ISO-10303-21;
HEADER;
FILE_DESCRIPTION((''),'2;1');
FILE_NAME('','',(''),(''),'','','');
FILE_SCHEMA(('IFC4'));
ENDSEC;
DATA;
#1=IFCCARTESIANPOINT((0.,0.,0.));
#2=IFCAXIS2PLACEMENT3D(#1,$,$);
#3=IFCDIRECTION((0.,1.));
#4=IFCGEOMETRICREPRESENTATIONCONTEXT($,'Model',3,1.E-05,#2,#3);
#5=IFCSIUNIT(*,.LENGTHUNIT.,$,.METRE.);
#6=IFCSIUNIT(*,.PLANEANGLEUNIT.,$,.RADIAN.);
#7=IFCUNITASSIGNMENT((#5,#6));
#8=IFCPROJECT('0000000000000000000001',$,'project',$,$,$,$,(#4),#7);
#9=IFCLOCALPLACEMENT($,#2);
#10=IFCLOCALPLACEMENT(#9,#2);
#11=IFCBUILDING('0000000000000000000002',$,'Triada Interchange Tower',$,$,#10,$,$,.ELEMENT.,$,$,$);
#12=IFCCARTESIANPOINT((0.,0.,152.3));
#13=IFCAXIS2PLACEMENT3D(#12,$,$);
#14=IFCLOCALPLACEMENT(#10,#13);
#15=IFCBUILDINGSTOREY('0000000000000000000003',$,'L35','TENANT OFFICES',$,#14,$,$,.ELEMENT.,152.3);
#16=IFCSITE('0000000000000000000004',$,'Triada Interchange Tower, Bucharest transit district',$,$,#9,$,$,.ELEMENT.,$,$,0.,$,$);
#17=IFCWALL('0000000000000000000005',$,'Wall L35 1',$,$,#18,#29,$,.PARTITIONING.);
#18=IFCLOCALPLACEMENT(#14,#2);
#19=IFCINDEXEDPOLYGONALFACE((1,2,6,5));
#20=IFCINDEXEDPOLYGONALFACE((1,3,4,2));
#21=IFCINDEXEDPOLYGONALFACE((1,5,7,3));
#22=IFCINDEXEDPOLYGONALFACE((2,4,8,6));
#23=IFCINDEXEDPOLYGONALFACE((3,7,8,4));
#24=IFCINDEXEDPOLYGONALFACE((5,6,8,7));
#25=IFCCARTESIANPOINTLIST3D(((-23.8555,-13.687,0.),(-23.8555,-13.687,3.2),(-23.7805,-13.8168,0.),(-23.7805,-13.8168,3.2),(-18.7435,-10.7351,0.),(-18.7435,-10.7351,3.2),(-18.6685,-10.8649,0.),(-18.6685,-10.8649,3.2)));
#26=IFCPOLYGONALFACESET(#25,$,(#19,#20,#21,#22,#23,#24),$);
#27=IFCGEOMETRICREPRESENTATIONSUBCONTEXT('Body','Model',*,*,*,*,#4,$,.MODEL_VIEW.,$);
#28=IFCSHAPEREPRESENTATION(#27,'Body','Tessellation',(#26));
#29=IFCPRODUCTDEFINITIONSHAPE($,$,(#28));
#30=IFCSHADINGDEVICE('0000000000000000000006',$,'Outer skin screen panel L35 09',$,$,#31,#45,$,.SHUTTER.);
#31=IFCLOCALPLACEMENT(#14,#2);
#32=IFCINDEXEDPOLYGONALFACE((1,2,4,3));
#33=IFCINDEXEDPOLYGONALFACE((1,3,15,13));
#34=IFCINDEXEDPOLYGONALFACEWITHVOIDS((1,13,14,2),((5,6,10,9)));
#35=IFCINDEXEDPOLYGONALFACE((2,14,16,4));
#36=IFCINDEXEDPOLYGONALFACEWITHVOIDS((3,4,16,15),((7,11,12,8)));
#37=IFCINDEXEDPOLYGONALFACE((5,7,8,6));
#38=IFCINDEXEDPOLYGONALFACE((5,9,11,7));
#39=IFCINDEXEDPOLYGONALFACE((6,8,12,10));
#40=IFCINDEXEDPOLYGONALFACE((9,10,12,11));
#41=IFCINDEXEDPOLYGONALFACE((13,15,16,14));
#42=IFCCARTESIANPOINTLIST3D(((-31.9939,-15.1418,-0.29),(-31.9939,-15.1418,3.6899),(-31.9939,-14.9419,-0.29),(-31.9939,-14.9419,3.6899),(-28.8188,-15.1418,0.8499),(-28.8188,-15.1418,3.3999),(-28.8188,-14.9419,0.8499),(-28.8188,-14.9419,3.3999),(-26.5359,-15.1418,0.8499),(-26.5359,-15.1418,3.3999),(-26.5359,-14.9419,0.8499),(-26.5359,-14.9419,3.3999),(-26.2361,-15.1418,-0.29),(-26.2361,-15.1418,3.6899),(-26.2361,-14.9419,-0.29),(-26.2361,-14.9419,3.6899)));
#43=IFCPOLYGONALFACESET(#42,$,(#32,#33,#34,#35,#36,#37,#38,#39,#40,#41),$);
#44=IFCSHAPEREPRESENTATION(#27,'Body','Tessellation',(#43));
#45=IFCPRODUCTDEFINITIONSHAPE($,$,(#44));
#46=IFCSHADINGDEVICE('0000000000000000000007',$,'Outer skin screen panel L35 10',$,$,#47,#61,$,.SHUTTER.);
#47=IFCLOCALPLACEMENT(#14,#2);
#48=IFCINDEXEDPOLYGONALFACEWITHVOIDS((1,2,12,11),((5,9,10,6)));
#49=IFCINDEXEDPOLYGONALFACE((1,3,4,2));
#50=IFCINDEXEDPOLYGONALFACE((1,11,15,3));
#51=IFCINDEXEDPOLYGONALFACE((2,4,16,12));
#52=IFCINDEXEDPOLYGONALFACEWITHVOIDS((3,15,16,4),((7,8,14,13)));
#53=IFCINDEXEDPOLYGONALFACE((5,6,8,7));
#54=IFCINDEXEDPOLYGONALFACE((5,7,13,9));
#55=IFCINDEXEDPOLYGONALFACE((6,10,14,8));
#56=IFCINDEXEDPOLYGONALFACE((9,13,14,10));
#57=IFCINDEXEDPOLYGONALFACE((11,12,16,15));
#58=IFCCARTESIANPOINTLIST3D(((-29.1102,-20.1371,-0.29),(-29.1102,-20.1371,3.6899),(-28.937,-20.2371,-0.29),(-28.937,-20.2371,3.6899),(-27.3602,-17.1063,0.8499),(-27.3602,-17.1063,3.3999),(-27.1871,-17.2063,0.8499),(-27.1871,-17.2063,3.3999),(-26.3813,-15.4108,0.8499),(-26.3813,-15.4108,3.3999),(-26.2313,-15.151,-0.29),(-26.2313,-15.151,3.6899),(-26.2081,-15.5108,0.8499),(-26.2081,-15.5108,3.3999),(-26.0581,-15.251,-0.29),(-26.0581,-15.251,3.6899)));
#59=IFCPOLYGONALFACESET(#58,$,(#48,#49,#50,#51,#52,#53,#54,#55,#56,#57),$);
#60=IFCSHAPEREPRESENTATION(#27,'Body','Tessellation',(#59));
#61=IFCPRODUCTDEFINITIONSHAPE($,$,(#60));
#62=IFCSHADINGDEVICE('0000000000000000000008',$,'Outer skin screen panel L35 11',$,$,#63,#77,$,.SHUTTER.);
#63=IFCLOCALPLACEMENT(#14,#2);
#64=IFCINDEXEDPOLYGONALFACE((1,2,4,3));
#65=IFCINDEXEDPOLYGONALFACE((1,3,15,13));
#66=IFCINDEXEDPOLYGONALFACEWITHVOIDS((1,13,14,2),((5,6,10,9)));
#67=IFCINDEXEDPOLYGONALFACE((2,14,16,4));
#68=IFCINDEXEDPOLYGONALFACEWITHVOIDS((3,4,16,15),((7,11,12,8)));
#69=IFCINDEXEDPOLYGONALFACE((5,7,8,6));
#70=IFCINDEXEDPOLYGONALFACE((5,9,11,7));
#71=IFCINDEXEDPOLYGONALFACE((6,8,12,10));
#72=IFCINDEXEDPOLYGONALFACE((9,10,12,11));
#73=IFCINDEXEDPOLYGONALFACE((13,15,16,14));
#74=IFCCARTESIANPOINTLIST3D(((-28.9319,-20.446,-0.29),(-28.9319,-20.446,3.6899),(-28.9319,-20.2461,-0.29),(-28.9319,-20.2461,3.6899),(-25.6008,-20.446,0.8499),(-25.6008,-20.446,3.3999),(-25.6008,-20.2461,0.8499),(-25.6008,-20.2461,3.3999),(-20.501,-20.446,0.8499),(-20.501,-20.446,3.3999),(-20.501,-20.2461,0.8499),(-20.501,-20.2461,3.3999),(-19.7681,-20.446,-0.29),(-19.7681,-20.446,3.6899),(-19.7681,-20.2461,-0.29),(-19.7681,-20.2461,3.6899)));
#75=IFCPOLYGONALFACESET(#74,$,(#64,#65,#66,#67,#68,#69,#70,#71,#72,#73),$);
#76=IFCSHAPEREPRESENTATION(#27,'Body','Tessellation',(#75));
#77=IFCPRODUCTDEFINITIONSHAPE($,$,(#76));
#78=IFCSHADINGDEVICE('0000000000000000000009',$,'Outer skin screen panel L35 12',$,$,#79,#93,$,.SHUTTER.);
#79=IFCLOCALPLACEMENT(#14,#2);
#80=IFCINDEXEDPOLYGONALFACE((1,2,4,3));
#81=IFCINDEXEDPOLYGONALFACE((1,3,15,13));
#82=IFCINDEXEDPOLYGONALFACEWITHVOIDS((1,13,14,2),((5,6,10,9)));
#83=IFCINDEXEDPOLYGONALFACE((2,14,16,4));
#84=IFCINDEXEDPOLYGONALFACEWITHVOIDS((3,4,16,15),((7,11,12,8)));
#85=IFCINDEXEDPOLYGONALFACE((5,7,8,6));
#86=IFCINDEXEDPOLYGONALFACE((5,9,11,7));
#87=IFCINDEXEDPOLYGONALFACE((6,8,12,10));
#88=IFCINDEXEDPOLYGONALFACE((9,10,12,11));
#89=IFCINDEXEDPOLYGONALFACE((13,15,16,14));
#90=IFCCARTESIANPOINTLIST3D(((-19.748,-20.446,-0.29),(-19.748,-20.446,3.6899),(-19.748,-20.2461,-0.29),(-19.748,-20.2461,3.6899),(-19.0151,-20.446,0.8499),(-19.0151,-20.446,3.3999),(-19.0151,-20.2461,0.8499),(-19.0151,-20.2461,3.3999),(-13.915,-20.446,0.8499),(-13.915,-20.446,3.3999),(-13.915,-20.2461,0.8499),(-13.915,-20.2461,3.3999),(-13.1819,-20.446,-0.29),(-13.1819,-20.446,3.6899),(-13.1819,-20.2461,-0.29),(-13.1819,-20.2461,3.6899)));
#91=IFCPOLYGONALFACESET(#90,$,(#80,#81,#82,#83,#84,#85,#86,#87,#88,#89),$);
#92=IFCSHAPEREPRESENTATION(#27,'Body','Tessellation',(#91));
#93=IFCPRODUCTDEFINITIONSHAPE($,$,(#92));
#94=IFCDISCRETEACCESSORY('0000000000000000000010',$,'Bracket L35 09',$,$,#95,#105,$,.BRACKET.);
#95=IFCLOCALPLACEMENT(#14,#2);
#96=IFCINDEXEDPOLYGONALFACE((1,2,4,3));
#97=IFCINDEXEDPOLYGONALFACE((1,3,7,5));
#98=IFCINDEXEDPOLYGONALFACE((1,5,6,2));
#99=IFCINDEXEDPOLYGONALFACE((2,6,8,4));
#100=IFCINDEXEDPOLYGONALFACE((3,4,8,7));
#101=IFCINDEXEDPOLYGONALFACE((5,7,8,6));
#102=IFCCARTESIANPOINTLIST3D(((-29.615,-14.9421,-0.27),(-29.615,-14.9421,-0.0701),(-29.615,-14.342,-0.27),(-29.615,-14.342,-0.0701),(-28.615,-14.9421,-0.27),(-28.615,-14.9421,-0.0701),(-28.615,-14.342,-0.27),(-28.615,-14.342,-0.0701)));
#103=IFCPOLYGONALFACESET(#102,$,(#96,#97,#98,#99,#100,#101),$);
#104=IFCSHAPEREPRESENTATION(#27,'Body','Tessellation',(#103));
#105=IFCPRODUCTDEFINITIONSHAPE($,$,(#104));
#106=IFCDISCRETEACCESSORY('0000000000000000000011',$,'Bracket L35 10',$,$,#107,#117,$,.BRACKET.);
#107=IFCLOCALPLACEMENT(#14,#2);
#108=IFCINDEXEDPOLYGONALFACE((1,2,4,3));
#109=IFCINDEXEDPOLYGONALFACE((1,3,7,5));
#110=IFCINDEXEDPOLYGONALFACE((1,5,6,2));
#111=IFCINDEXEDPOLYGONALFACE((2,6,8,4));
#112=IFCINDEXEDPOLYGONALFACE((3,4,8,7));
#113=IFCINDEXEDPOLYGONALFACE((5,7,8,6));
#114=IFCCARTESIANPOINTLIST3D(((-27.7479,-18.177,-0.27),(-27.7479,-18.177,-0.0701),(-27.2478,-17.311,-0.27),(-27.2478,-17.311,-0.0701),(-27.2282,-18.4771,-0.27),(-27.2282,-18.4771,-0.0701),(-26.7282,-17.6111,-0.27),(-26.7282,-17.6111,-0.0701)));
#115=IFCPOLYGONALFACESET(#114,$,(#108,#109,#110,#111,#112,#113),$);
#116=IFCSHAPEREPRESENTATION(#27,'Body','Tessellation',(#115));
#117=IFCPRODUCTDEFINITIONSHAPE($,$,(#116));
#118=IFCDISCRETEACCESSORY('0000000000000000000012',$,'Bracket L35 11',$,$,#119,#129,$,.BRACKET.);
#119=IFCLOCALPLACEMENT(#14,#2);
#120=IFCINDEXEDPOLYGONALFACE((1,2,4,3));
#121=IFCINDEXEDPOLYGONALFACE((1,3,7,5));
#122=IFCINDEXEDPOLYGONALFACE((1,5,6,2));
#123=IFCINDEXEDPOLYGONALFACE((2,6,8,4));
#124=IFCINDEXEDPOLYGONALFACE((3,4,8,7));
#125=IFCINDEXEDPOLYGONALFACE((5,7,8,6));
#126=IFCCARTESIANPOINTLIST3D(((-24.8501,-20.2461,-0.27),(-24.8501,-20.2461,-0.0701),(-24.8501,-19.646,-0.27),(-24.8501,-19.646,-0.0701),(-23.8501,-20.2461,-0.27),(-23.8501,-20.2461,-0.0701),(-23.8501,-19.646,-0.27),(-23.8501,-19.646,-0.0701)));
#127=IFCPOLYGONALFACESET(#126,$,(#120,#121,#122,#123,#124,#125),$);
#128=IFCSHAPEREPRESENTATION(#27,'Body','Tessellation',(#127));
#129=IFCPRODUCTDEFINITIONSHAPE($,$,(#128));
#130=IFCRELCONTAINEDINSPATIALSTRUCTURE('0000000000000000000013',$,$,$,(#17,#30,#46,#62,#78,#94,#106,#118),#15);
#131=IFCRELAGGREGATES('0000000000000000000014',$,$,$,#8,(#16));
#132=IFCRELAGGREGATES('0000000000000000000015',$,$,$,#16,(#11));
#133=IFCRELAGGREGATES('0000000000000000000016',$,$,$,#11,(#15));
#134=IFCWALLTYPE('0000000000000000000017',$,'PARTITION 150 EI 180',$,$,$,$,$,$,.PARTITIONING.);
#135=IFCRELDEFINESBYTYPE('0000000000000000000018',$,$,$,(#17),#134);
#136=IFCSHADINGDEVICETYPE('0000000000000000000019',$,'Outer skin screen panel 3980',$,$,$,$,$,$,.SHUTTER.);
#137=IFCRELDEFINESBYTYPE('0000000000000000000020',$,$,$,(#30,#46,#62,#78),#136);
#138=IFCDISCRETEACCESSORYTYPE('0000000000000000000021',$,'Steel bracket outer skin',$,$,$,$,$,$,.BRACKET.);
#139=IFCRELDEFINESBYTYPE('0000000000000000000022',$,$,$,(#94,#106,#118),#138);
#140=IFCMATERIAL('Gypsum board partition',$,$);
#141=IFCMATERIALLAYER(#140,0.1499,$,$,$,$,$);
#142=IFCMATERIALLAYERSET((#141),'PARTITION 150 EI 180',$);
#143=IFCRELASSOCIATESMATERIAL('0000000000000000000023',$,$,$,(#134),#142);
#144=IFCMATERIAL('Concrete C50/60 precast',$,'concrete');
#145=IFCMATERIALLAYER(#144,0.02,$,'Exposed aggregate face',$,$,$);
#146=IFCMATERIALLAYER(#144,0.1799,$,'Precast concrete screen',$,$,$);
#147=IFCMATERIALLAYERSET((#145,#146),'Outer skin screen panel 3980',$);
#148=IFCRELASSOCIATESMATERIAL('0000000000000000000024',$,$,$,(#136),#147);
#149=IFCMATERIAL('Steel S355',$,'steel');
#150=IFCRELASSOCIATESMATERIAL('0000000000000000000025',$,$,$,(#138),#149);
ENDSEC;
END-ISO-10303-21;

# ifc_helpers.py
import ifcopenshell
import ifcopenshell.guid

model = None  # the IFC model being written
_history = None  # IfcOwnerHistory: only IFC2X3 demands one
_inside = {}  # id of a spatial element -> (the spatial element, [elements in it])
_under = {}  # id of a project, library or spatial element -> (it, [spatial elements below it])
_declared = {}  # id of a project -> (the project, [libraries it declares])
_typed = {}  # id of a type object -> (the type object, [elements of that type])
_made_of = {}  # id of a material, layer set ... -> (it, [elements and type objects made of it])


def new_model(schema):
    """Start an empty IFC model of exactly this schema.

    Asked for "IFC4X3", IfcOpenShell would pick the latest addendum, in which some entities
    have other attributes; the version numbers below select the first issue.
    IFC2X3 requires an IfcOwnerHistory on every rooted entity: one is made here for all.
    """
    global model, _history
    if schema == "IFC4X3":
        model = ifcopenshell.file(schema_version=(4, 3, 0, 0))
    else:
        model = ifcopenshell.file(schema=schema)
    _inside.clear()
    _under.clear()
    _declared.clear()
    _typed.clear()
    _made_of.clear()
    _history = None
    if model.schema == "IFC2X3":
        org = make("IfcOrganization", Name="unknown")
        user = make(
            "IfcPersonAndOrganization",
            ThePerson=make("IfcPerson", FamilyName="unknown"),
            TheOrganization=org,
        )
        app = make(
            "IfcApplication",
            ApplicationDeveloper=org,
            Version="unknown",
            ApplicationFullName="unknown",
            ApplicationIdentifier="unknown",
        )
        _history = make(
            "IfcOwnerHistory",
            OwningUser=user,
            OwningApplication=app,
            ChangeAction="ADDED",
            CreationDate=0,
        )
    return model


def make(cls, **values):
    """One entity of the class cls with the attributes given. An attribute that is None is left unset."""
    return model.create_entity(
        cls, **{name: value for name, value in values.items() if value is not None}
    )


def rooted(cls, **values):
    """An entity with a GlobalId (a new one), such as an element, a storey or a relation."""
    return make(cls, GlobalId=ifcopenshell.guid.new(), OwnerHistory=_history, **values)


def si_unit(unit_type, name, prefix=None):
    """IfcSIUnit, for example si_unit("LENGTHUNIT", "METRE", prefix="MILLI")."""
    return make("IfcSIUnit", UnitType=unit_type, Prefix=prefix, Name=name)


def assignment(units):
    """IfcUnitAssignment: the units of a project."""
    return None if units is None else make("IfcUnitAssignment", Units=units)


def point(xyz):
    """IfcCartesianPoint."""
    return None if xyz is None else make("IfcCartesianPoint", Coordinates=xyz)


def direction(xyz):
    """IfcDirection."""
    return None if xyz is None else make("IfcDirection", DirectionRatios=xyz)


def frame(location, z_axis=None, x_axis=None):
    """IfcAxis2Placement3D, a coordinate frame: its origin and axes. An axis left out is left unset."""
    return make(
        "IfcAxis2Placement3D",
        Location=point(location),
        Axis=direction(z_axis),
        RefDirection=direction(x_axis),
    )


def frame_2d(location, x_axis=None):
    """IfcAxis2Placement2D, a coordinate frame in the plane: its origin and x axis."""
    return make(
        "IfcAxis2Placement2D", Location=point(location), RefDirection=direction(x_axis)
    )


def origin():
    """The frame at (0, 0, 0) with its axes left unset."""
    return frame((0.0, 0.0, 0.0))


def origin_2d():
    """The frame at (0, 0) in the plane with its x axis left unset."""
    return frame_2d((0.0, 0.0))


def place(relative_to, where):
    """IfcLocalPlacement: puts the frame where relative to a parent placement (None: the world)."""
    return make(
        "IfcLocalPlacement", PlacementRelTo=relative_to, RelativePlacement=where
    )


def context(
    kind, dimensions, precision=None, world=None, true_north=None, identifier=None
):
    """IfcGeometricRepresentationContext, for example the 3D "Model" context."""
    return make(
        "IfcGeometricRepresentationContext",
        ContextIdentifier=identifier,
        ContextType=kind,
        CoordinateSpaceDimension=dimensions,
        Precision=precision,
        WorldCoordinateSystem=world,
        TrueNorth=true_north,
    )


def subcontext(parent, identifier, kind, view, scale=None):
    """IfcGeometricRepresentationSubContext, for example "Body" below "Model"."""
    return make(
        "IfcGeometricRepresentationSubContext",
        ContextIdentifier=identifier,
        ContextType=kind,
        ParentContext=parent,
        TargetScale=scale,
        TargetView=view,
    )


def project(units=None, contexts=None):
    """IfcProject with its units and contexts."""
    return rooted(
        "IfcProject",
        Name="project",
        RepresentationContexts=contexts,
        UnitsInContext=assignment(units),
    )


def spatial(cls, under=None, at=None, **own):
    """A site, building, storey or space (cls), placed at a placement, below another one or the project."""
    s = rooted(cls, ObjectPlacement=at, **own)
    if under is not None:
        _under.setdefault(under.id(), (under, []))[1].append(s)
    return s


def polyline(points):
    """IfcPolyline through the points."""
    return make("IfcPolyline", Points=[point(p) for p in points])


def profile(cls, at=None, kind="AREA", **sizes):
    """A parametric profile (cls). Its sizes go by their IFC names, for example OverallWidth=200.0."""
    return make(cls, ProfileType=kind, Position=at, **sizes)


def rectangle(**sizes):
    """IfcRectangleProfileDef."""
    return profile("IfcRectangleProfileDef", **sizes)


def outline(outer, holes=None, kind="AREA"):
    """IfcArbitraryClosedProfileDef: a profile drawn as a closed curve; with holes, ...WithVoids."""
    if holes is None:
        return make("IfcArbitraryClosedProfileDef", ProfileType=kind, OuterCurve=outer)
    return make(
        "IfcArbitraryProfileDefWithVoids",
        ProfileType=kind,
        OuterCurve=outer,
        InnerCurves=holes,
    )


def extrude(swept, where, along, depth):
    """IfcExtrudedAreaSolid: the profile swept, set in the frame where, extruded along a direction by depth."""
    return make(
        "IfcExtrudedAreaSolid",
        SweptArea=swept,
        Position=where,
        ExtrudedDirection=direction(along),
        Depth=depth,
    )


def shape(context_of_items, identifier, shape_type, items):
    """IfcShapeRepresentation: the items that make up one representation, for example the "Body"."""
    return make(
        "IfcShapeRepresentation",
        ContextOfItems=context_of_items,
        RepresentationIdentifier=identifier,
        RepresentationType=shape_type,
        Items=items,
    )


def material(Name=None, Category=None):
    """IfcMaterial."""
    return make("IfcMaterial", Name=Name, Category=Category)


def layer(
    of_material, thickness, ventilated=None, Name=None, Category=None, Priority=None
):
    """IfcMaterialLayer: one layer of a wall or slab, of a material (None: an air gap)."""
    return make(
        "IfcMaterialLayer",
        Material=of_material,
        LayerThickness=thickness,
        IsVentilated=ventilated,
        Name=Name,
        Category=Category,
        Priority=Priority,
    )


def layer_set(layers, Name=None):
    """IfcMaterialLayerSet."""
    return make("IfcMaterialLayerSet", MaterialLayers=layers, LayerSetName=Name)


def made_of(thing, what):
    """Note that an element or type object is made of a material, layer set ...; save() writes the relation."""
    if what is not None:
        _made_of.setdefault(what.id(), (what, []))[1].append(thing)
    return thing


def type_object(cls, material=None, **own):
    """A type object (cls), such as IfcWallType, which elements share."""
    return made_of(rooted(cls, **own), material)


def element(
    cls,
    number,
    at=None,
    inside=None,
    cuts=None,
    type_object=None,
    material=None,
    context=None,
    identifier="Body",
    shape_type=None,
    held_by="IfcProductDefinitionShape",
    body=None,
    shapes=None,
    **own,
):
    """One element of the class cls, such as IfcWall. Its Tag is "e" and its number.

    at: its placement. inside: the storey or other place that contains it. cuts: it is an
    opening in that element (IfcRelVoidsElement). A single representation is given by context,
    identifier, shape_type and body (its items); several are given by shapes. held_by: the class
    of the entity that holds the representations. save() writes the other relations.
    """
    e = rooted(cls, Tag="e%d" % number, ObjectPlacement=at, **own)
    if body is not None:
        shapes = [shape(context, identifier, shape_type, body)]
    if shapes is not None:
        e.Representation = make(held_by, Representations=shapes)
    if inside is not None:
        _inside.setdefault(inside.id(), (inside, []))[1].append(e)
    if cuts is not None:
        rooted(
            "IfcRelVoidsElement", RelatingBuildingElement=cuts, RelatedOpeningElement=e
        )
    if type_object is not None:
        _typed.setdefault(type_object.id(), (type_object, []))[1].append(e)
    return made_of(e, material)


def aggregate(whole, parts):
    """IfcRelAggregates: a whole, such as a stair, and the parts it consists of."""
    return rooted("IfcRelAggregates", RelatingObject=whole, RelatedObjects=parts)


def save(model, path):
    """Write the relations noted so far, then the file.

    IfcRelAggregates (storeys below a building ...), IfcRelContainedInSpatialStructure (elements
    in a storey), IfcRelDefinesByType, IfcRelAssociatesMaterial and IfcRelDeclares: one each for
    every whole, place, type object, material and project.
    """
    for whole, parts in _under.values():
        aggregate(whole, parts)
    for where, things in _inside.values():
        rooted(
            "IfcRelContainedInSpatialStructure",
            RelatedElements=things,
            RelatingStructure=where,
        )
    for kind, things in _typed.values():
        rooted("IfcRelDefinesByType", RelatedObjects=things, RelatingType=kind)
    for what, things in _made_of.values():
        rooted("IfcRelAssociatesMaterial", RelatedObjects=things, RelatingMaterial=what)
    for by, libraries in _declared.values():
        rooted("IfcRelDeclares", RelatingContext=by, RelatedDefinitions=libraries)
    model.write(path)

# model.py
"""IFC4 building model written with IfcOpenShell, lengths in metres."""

from ifc_helpers import new_model, si_unit, direction, frame, frame_2d, origin, origin_2d, place, context, subcontext, project, spatial, polyline, rectangle, outline, extrude, material, layer, layer_set, type_object, element, save


model = new_model("IFC4")

# Units and contexts
model_context = context("Model", 3, precision=1e-05, world=origin(), true_north=direction((0.0, 1.0)))
body_context = subcontext(model_context, "Body", "Model", "MODEL_VIEW")
ifc_project = project(units=[si_unit("LENGTHUNIT", "METRE"), si_unit("PLANEANGLEUNIT", "RADIAN")], contexts=[model_context])

# Site, building, storey
site_placement = place(None, origin())
site = spatial("IfcSite", under=ifc_project, at=site_placement, Name="Triada Interchange Tower, Bucharest transit district", CompositionType="ELEMENT", RefElevation=0.0)
building_placement = place(site_placement, origin())
building = spatial("IfcBuilding", under=site, at=building_placement, Name="Triada Interchange Tower", CompositionType="ELEMENT")
storey_placement = place(building_placement, frame((0.0, 0.0, 152.3)))
storey = spatial("IfcBuildingStorey", under=building, at=storey_placement, Name="L35", Description="TENANT OFFICES", CompositionType="ELEMENT", Elevation=152.3)

# Wall
ifc_material_1 = material(Name="Gypsum board partition")
ifc_layer_1 = layer(ifc_material_1, 0.1499)
ifc_layer_set_1 = layer_set([ifc_layer_1], Name="PARTITION 150 EI 180")
wall_type_1 = type_object("IfcWallType", Name="PARTITION 150 EI 180", PredefinedType="PARTITIONING", material=ifc_layer_set_1)
wall_1_placement = place(storey_placement, frame((-23.8181, -13.752, 0.0), z_axis=(0.0, 0.0, 1.0), x_axis=(0.865992, 0.500058, 0.0)))
element("IfcWall", 1, at=wall_1_placement, inside=storey, type_object=wall_type_1, Name="Wall L35 1", PredefinedType="PARTITIONING", context=body_context, shape_type="SweptSolid", body=[
    extrude(rectangle(XDim=5.9031, YDim=0.1499, at=frame_2d((2.9517, 0.0))), origin(), (0.0, 0.0, 1.0), 3.2),
])

# Shading devices
ifc_material_2 = material(Name="Concrete C50/60 precast", Category="concrete")
ifc_layer_2 = layer(ifc_material_2, 0.02, Name="Exposed aggregate face")
ifc_layer_3 = layer(ifc_material_2, 0.1799, Name="Precast concrete screen")
ifc_layer_set_2 = layer_set([ifc_layer_2, ifc_layer_3], Name="Outer skin screen panel 3980")
shading_device_type = type_object("IfcShadingDeviceType", Name="Outer skin screen panel 3980", PredefinedType="SHUTTER", material=ifc_layer_set_2)
shading_device_1_placement = place(storey_placement, frame((-31.9939, -14.9419, -0.29), z_axis=(0.0, 0.0, 1.0), x_axis=(1.0, 0.0, 0.0)))
element("IfcShadingDevice", 2, at=shading_device_1_placement, inside=storey, type_object=shading_device_type, Name="Outer skin screen panel L35 09", PredefinedType="SHUTTER", context=body_context, shape_type="SweptSolid", body=[
    extrude(outline(polyline([(0.0, 0.0), (5.7578, 0.0), (5.7578, 3.98), (0.0, 3.98), (0.0, 0.0)]), holes=[polyline([(3.175, 1.1399), (3.175, 3.6899), (5.458, 3.6899), (5.458, 1.1399), (3.175, 1.1399)])]), frame((0.0, 0.0, 0.0), z_axis=(0.0, -1.0, 0.0), x_axis=(1.0, 0.0, 0.0)), (0.0, 0.0, 1.0), 0.2),
])
shading_device_2_placement = place(storey_placement, frame((-26.0581, -15.251, -0.29), z_axis=(0.0, 0.0, 1.0), x_axis=(-0.500025, -0.866011, 0.0)))
element("IfcShadingDevice", 3, at=shading_device_2_placement, inside=storey, type_object=shading_device_type, Name="Outer skin screen panel L35 10", PredefinedType="SHUTTER", context=body_context, shape_type="SweptSolid", body=[
    extrude(outline(polyline([(0.0, 0.0), (5.7576, 0.0), (5.7576, 3.98), (0.0, 3.98), (0.0, 0.0)]), holes=[polyline([(0.3, 1.1399), (0.3, 3.6899), (2.2578, 3.6899), (2.2578, 1.1399), (0.3, 1.1399)])]), frame((0.0, 0.0, 0.0), z_axis=(0.0, -1.0, 0.0), x_axis=(1.0, 0.0, 0.0)), (0.0, 0.0, 1.0), 0.2),
])
shading_device_3_placement = place(storey_placement, frame((-28.9319, -20.2461, -0.29), z_axis=(0.0, 0.0, 1.0), x_axis=(1.0, 0.0, 0.0)))
element("IfcShadingDevice", 4, at=shading_device_3_placement, inside=storey, type_object=shading_device_type, Name="Outer skin screen panel L35 11", PredefinedType="SHUTTER", context=body_context, shape_type="SweptSolid", body=[
    extrude(outline(polyline([(0.0, 0.0), (9.1638, 0.0), (9.1638, 3.98), (0.0, 3.98), (0.0, 0.0)]), holes=[polyline([(3.3311, 1.1399), (3.3311, 3.6899), (8.4309, 3.6899), (8.4309, 1.1399), (3.3311, 1.1399)])]), frame((0.0, 0.0, 0.0), z_axis=(0.0, -1.0, 0.0), x_axis=(1.0, 0.0, 0.0)), (0.0, 0.0, 1.0), 0.2),
])
shading_device_4_placement = place(storey_placement, frame((-19.748, -20.2461, -0.29), z_axis=(0.0, 0.0, 1.0), x_axis=(1.0, 0.0, 0.0)))
element("IfcShadingDevice", 5, at=shading_device_4_placement, inside=storey, type_object=shading_device_type, Name="Outer skin screen panel L35 12", PredefinedType="SHUTTER", context=body_context, shape_type="SweptSolid", body=[
    extrude(outline(polyline([(0.0, 0.0), (6.5662, 0.0), (6.5662, 3.98), (0.0, 3.98), (0.0, 0.0)]), holes=[polyline([(0.7329, 1.1399), (0.7329, 3.6899), (5.833, 3.6899), (5.833, 1.1399), (0.7329, 1.1399)])]), frame((0.0, 0.0, 0.0), z_axis=(0.0, -1.0, 0.0), x_axis=(1.0, 0.0, 0.0)), (0.0, 0.0, 1.0), 0.2),
])

# Discrete accessories
ifc_material_3 = material(Name="Steel S355", Category="steel")
discrete_accessory_type = type_object("IfcDiscreteAccessoryType", Name="Steel bracket outer skin", PredefinedType="BRACKET", material=ifc_material_3)
for number, where, z_axis, x_axis, name in (
    (6, (-29.115, -14.6421, -0.27), (0.0, 0.0, 1.0), (0.0, -1.0, 0.0), "Bracket L35 09"),
    (7, (-27.238, -17.894, -0.27), (0.0, 0.0, 1.0), (-0.865973, 0.50009, 0.0), "Bracket L35 10"),
    (8, (-24.3501, -19.946, -0.27), (0.0, 0.0, 1.0), (0.0, -1.0, 0.0), "Bracket L35 11"),
):
    element("IfcDiscreteAccessory", number, at=place(storey_placement, frame(where, z_axis=z_axis, x_axis=x_axis)), inside=storey, type_object=discrete_accessory_type, Name=name, PredefinedType="BRACKET", context=body_context, shape_type="SweptSolid", body=[
        extrude(rectangle(XDim=0.6001, YDim=1.0, at=origin_2d()), origin(), (0.0, 0.0, 1.0), 0.2),
    ])

save(model, "model.ifc")
